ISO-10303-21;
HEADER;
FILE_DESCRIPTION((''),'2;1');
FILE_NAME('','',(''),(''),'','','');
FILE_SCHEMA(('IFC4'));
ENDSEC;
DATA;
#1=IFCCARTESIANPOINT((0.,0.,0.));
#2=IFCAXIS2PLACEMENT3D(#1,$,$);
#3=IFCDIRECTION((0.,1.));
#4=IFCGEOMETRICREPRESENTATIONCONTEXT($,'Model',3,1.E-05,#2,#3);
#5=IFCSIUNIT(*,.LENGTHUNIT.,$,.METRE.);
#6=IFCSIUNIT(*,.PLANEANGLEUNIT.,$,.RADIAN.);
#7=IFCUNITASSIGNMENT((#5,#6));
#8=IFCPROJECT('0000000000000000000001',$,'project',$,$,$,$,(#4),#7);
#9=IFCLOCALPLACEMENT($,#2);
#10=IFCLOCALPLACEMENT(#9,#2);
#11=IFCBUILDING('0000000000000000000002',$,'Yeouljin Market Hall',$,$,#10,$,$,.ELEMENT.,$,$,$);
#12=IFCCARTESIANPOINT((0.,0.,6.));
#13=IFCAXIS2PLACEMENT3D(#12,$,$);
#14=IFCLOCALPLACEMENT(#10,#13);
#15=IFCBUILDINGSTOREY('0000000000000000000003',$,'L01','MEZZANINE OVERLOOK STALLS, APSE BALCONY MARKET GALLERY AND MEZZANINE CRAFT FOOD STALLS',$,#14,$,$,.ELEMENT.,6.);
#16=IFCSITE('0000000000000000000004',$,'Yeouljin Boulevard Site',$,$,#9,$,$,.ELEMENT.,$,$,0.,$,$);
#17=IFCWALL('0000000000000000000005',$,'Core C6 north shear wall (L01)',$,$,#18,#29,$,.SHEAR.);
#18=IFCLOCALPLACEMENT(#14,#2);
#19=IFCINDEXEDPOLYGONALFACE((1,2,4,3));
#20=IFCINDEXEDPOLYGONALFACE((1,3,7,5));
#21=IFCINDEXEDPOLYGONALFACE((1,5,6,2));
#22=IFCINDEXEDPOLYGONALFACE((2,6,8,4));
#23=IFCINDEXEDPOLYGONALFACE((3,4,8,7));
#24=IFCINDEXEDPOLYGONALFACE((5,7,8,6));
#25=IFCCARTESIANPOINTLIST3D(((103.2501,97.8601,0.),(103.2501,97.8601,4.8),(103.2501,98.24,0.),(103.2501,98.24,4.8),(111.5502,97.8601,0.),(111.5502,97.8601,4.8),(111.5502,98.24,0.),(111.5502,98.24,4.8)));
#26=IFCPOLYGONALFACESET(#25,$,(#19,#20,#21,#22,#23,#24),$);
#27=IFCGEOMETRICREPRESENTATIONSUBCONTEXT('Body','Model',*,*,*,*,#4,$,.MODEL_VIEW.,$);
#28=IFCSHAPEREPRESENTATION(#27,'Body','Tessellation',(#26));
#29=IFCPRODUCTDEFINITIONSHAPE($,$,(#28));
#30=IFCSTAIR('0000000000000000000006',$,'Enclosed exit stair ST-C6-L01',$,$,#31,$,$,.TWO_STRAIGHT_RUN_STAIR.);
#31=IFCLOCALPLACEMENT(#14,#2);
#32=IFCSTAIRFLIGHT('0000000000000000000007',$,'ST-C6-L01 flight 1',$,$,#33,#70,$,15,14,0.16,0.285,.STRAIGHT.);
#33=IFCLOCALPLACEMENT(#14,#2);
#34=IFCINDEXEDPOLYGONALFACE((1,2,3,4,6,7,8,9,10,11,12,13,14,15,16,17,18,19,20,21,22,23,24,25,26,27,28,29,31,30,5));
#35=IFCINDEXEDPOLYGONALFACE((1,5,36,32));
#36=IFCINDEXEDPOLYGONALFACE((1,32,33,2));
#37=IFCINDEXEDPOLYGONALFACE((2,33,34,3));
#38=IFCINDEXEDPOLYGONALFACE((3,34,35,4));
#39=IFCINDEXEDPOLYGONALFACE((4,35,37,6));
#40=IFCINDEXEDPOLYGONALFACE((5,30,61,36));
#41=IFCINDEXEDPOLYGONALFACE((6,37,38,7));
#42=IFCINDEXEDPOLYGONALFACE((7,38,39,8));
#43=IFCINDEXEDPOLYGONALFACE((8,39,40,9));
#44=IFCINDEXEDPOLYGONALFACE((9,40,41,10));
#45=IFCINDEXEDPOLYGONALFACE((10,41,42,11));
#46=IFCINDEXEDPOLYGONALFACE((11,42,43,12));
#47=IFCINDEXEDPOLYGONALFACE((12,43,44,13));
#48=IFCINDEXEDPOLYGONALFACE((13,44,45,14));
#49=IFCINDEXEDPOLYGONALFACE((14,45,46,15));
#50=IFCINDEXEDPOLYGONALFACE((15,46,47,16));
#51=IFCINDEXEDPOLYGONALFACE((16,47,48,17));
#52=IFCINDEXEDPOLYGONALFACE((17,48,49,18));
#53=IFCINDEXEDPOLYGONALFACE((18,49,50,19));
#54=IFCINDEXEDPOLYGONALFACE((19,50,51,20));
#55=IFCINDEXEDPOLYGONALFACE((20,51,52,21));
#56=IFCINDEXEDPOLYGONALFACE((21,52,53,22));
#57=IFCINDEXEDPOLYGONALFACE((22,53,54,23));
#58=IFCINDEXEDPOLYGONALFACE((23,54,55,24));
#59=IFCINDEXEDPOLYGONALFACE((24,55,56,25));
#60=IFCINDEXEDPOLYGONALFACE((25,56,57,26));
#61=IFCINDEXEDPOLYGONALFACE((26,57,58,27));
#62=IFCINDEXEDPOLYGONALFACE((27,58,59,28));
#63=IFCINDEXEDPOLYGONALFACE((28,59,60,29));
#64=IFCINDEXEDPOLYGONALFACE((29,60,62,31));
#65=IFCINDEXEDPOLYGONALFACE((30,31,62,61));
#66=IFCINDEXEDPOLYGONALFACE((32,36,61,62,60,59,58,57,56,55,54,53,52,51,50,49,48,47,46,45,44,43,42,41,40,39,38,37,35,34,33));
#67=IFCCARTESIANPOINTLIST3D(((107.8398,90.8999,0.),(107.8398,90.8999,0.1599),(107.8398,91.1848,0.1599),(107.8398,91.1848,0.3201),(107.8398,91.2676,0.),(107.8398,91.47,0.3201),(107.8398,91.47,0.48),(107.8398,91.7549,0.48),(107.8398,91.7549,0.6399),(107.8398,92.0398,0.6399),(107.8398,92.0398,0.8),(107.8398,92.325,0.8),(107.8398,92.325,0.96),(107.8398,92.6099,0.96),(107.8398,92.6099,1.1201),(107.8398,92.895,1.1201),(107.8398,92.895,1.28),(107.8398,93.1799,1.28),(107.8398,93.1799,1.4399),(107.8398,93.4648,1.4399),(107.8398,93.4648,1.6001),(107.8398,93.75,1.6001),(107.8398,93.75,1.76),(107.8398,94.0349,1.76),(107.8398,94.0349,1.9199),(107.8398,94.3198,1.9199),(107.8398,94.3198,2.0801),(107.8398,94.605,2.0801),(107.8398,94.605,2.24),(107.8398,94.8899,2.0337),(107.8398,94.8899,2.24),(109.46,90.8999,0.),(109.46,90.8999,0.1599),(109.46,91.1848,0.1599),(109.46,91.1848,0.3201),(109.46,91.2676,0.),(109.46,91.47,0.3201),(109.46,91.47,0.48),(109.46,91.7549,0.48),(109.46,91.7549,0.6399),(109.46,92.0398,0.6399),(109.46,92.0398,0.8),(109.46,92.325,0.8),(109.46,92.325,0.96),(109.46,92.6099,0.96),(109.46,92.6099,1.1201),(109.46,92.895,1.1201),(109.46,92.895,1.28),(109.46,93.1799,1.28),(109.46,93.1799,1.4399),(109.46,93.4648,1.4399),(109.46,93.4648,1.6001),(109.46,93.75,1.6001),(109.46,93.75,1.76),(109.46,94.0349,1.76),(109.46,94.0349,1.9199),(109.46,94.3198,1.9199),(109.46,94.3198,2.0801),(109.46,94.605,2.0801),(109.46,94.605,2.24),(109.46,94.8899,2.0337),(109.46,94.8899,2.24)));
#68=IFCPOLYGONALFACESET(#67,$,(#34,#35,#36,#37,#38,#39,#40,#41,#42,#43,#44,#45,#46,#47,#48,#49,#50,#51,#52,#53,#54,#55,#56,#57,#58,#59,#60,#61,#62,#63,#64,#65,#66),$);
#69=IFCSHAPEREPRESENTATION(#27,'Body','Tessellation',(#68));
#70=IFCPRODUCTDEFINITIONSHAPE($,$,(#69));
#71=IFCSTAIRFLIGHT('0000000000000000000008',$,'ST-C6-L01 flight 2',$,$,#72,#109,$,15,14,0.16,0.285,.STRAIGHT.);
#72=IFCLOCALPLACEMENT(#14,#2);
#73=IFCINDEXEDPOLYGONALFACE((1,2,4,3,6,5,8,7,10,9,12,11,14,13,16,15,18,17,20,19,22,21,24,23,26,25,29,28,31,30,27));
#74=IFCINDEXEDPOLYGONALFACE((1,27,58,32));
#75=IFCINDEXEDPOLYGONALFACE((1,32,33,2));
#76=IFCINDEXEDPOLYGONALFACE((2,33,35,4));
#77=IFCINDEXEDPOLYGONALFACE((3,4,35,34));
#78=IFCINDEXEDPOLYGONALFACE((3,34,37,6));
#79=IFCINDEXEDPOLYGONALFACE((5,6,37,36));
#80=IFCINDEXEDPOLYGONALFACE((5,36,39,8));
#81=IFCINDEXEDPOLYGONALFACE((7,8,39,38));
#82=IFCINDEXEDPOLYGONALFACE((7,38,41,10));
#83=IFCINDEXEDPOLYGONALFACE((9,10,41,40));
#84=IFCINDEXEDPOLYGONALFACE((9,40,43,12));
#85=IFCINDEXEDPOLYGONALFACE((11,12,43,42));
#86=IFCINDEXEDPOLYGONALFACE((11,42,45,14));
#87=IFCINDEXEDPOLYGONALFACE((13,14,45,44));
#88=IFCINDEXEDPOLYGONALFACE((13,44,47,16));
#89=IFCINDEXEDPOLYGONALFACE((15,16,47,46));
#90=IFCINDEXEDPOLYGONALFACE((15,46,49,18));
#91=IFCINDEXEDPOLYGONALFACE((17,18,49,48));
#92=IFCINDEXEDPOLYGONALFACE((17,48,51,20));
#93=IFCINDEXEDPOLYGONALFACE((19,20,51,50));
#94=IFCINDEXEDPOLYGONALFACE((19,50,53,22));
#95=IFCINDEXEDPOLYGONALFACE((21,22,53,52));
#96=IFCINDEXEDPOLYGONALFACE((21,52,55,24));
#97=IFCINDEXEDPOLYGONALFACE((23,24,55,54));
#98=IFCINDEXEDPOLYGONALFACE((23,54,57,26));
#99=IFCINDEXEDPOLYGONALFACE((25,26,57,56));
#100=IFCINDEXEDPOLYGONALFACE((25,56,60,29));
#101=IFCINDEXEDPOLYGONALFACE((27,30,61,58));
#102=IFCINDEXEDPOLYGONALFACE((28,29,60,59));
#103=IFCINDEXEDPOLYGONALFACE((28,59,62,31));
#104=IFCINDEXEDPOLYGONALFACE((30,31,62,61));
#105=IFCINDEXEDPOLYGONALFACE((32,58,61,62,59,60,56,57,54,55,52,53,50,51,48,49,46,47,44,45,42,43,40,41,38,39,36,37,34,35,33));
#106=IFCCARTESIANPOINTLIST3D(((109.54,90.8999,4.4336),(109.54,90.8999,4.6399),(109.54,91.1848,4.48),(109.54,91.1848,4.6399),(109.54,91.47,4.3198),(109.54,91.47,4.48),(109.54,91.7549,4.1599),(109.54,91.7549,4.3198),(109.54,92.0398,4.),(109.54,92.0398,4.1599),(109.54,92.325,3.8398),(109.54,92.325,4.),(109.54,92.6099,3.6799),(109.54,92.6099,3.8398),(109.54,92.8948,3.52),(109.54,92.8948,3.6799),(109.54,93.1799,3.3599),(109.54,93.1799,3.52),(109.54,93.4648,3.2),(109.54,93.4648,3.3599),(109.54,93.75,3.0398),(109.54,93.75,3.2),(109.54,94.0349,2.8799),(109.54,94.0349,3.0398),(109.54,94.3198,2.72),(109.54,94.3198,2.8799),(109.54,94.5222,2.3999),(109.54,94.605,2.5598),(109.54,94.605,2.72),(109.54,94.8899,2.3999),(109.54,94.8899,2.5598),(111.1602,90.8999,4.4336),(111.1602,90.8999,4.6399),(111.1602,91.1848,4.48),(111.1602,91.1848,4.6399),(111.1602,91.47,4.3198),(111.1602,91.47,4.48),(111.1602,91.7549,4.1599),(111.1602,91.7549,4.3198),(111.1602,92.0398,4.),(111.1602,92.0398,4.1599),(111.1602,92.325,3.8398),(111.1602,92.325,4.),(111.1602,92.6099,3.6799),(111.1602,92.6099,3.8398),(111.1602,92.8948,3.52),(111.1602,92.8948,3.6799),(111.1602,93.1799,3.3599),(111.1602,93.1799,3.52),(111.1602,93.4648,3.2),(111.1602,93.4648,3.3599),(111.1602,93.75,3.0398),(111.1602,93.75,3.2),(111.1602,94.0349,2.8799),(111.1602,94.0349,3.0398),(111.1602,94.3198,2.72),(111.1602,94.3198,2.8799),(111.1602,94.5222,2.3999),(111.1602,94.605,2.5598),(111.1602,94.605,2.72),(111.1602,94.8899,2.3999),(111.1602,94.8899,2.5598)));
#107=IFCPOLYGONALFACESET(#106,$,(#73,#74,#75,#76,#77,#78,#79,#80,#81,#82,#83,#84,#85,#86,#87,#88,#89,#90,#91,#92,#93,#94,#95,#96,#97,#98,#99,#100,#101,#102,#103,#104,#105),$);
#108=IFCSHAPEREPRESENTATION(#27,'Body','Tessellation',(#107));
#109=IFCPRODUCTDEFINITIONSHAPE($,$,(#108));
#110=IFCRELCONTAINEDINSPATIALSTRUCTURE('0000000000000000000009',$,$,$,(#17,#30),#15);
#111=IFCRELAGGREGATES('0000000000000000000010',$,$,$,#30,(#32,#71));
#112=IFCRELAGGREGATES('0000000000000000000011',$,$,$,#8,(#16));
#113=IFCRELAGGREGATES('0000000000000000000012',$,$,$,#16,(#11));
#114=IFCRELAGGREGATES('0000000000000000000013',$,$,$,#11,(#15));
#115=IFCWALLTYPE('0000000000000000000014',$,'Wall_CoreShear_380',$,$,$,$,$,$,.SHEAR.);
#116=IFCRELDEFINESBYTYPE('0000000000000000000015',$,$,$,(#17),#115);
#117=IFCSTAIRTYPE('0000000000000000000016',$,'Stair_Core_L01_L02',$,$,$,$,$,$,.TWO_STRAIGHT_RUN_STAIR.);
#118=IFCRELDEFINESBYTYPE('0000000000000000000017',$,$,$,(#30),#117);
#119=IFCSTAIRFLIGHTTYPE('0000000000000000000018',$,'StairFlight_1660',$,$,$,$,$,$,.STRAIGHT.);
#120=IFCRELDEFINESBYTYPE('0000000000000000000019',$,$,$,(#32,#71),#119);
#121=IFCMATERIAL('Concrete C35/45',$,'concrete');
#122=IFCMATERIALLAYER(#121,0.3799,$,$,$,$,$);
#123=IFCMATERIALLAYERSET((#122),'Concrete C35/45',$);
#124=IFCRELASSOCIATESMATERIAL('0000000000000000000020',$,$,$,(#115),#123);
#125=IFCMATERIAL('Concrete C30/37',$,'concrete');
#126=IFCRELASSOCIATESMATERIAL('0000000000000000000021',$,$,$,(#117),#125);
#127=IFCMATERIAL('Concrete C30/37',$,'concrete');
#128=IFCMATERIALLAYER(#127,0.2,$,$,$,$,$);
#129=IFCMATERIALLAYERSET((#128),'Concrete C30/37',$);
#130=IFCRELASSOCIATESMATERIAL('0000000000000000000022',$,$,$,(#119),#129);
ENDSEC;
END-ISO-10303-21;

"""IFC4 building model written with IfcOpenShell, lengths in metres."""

from ifc_helpers import new_model, si_unit, direction, frame, frame_2d, origin, place, context, subcontext, project, spatial, polyline, rectangle, outline, extrude, material, layer, layer_set, type_object, element, aggregate, save


model = new_model("IFC4")

# Units and contexts
model_context = context("Model", 3, precision=1e-05, world=origin(), true_north=direction((0.0, 1.0)))
body_context = subcontext(model_context, "Body", "Model", "MODEL_VIEW")
ifc_project = project(units=[si_unit("LENGTHUNIT", "METRE"), si_unit("PLANEANGLEUNIT", "RADIAN")], contexts=[model_context])

# Site, building, storey
site_placement = place(None, origin())
site = spatial("IfcSite", under=ifc_project, at=site_placement, Name="Yeouljin Boulevard Site", CompositionType="ELEMENT", RefElevation=0.0)
building_placement = place(site_placement, origin())
building = spatial("IfcBuilding", under=site, at=building_placement, Name="Yeouljin Market Hall", CompositionType="ELEMENT")
storey_placement = place(building_placement, frame((0.0, 0.0, 6.0)))
storey = spatial("IfcBuildingStorey", under=building, at=storey_placement, Name="L01", Description="MEZZANINE OVERLOOK STALLS, APSE BALCONY MARKET GALLERY AND MEZZANINE CRAFT FOOD STALLS", CompositionType="ELEMENT", Elevation=6.0)

# Wall
ifc_material_1 = material(Name="Concrete C35/45", Category="concrete")
ifc_layer_1 = layer(ifc_material_1, 0.3799)
ifc_layer_set_1 = layer_set([ifc_layer_1], Name="Concrete C35/45")
wall_type = type_object("IfcWallType", Name="Wall_CoreShear_380", PredefinedType="SHEAR", material=ifc_layer_set_1)
wall_placement = place(storey_placement, frame((111.55, 98.05, 0.0), z_axis=(0.0, 0.0, 1.0), x_axis=(-1.0, 0.0, 0.0)))
element("IfcWall", 1, at=wall_placement, inside=storey, type_object=wall_type, Name="Core C6 north shear wall (L01)", PredefinedType="SHEAR", context=body_context, shape_type="SweptSolid", body=[
    extrude(rectangle(XDim=8.3, YDim=0.3799, at=frame_2d((4.1499, 0.0))), origin(), (0.0, 0.0, 1.0), 4.8),
])

# Stair, stair flights
ifc_material_2 = material(Name="Concrete C30/37", Category="concrete")
stair_type = type_object("IfcStairType", Name="Stair_Core_L01_L02", PredefinedType="TWO_STRAIGHT_RUN_STAIR", material=ifc_material_2)
stair_placement = place(storey_placement, origin())
stair = element("IfcStair", 2, at=stair_placement, inside=storey, type_object=stair_type, Name="Enclosed exit stair ST-C6-L01", PredefinedType="TWO_STRAIGHT_RUN_STAIR")
ifc_material_3 = material(Name="Concrete C30/37", Category="concrete")
ifc_layer_2 = layer(ifc_material_3, 0.2)
ifc_layer_set_2 = layer_set([ifc_layer_2], Name="Concrete C30/37")
stair_flight_type = type_object("IfcStairFlightType", Name="StairFlight_1660", PredefinedType="STRAIGHT", material=ifc_layer_set_2)
stair_flight_1_placement = place(storey_placement, frame((108.6499, 90.8999, 0.0), z_axis=(0.0, 0.0, 1.0), x_axis=(0.0, 1.0, 0.0)))
stair_flight_1 = element("IfcStairFlight", 3, at=stair_flight_1_placement, type_object=stair_flight_type, Name="ST-C6-L01 flight 1", NumberOfRisers=15, NumberOfTreads=14, PredefinedType="STRAIGHT", RiserHeight=0.16, TreadLength=0.285, context=body_context, shape_type="SweptSolid", body=[
    extrude(outline(polyline([(0.0, 0.0), (0.0, 0.1599), (0.2849, 0.1599), (0.2849, 0.3201), (0.5701, 0.3201), (0.5701, 0.48), (0.855, 0.48), (0.855, 0.6399), (1.1399, 0.6399), (1.1399, 0.8), (1.425, 0.8), (1.425, 0.96), (1.71, 0.96), (1.71, 1.1201), (1.9951, 1.1201), (1.9951, 1.28), (2.28, 1.28), (2.28, 1.4399), (2.5649, 1.4399), (2.5649, 1.6001), (2.8501, 1.6001), (2.8501, 1.76), (3.135, 1.76), (3.135, 1.9199), (3.4199, 1.9199), (3.4199, 2.0801), (3.7051, 2.0801), (3.7051, 2.24), (3.99, 2.24), (3.99, 2.3999), (3.99, 2.0337), (0.3677, 0.0), (0.0, 0.0)])), frame((0.0, 0.8101, 0.0), z_axis=(0.0, -1.0, 0.0), x_axis=(1.0, 0.0, 0.0)), (0.0, 0.0, 1.0), 1.6201),
])
stair_flight_2_placement = place(storey_placement, frame((110.3501, 94.8899, 2.3999), z_axis=(0.0, 0.0, 1.0), x_axis=(0.0, -1.0, 0.0)))
stair_flight_2 = element("IfcStairFlight", 4, at=stair_flight_2_placement, type_object=stair_flight_type, Name="ST-C6-L01 flight 2", NumberOfRisers=15, NumberOfTreads=14, PredefinedType="STRAIGHT", RiserHeight=0.16, TreadLength=0.285, context=body_context, shape_type="SweptSolid", body=[
    extrude(outline(polyline([(0.0, 0.0), (0.0, 0.1599), (0.2849, 0.1599), (0.2849, 0.3201), (0.5701, 0.3201), (0.5701, 0.48), (0.855, 0.48), (0.855, 0.6399), (1.1399, 0.6399), (1.1399, 0.8), (1.425, 0.8), (1.425, 0.96), (1.71, 0.96), (1.71, 1.1201), (1.9951, 1.1201), (1.9951, 1.28), (2.28, 1.28), (2.28, 1.4399), (2.5649, 1.4399), (2.5649, 1.6001), (2.8501, 1.6001), (2.8501, 1.76), (3.135, 1.76), (3.135, 1.9199), (3.4199, 1.9199), (3.4199, 2.0801), (3.7051, 2.0801), (3.7051, 2.24), (3.99, 2.24), (3.99, 2.3999), (3.99, 2.0337), (0.3677, 0.0), (0.0, 0.0)])), frame((0.0, 0.8101, 0.0), z_axis=(0.0, -1.0, 0.0), x_axis=(1.0, 0.0, 0.0)), (0.0, 0.0, 1.0), 1.6201),
])
aggregate(stair, [stair_flight_1, stair_flight_2])

save(model, "model.ifc")
